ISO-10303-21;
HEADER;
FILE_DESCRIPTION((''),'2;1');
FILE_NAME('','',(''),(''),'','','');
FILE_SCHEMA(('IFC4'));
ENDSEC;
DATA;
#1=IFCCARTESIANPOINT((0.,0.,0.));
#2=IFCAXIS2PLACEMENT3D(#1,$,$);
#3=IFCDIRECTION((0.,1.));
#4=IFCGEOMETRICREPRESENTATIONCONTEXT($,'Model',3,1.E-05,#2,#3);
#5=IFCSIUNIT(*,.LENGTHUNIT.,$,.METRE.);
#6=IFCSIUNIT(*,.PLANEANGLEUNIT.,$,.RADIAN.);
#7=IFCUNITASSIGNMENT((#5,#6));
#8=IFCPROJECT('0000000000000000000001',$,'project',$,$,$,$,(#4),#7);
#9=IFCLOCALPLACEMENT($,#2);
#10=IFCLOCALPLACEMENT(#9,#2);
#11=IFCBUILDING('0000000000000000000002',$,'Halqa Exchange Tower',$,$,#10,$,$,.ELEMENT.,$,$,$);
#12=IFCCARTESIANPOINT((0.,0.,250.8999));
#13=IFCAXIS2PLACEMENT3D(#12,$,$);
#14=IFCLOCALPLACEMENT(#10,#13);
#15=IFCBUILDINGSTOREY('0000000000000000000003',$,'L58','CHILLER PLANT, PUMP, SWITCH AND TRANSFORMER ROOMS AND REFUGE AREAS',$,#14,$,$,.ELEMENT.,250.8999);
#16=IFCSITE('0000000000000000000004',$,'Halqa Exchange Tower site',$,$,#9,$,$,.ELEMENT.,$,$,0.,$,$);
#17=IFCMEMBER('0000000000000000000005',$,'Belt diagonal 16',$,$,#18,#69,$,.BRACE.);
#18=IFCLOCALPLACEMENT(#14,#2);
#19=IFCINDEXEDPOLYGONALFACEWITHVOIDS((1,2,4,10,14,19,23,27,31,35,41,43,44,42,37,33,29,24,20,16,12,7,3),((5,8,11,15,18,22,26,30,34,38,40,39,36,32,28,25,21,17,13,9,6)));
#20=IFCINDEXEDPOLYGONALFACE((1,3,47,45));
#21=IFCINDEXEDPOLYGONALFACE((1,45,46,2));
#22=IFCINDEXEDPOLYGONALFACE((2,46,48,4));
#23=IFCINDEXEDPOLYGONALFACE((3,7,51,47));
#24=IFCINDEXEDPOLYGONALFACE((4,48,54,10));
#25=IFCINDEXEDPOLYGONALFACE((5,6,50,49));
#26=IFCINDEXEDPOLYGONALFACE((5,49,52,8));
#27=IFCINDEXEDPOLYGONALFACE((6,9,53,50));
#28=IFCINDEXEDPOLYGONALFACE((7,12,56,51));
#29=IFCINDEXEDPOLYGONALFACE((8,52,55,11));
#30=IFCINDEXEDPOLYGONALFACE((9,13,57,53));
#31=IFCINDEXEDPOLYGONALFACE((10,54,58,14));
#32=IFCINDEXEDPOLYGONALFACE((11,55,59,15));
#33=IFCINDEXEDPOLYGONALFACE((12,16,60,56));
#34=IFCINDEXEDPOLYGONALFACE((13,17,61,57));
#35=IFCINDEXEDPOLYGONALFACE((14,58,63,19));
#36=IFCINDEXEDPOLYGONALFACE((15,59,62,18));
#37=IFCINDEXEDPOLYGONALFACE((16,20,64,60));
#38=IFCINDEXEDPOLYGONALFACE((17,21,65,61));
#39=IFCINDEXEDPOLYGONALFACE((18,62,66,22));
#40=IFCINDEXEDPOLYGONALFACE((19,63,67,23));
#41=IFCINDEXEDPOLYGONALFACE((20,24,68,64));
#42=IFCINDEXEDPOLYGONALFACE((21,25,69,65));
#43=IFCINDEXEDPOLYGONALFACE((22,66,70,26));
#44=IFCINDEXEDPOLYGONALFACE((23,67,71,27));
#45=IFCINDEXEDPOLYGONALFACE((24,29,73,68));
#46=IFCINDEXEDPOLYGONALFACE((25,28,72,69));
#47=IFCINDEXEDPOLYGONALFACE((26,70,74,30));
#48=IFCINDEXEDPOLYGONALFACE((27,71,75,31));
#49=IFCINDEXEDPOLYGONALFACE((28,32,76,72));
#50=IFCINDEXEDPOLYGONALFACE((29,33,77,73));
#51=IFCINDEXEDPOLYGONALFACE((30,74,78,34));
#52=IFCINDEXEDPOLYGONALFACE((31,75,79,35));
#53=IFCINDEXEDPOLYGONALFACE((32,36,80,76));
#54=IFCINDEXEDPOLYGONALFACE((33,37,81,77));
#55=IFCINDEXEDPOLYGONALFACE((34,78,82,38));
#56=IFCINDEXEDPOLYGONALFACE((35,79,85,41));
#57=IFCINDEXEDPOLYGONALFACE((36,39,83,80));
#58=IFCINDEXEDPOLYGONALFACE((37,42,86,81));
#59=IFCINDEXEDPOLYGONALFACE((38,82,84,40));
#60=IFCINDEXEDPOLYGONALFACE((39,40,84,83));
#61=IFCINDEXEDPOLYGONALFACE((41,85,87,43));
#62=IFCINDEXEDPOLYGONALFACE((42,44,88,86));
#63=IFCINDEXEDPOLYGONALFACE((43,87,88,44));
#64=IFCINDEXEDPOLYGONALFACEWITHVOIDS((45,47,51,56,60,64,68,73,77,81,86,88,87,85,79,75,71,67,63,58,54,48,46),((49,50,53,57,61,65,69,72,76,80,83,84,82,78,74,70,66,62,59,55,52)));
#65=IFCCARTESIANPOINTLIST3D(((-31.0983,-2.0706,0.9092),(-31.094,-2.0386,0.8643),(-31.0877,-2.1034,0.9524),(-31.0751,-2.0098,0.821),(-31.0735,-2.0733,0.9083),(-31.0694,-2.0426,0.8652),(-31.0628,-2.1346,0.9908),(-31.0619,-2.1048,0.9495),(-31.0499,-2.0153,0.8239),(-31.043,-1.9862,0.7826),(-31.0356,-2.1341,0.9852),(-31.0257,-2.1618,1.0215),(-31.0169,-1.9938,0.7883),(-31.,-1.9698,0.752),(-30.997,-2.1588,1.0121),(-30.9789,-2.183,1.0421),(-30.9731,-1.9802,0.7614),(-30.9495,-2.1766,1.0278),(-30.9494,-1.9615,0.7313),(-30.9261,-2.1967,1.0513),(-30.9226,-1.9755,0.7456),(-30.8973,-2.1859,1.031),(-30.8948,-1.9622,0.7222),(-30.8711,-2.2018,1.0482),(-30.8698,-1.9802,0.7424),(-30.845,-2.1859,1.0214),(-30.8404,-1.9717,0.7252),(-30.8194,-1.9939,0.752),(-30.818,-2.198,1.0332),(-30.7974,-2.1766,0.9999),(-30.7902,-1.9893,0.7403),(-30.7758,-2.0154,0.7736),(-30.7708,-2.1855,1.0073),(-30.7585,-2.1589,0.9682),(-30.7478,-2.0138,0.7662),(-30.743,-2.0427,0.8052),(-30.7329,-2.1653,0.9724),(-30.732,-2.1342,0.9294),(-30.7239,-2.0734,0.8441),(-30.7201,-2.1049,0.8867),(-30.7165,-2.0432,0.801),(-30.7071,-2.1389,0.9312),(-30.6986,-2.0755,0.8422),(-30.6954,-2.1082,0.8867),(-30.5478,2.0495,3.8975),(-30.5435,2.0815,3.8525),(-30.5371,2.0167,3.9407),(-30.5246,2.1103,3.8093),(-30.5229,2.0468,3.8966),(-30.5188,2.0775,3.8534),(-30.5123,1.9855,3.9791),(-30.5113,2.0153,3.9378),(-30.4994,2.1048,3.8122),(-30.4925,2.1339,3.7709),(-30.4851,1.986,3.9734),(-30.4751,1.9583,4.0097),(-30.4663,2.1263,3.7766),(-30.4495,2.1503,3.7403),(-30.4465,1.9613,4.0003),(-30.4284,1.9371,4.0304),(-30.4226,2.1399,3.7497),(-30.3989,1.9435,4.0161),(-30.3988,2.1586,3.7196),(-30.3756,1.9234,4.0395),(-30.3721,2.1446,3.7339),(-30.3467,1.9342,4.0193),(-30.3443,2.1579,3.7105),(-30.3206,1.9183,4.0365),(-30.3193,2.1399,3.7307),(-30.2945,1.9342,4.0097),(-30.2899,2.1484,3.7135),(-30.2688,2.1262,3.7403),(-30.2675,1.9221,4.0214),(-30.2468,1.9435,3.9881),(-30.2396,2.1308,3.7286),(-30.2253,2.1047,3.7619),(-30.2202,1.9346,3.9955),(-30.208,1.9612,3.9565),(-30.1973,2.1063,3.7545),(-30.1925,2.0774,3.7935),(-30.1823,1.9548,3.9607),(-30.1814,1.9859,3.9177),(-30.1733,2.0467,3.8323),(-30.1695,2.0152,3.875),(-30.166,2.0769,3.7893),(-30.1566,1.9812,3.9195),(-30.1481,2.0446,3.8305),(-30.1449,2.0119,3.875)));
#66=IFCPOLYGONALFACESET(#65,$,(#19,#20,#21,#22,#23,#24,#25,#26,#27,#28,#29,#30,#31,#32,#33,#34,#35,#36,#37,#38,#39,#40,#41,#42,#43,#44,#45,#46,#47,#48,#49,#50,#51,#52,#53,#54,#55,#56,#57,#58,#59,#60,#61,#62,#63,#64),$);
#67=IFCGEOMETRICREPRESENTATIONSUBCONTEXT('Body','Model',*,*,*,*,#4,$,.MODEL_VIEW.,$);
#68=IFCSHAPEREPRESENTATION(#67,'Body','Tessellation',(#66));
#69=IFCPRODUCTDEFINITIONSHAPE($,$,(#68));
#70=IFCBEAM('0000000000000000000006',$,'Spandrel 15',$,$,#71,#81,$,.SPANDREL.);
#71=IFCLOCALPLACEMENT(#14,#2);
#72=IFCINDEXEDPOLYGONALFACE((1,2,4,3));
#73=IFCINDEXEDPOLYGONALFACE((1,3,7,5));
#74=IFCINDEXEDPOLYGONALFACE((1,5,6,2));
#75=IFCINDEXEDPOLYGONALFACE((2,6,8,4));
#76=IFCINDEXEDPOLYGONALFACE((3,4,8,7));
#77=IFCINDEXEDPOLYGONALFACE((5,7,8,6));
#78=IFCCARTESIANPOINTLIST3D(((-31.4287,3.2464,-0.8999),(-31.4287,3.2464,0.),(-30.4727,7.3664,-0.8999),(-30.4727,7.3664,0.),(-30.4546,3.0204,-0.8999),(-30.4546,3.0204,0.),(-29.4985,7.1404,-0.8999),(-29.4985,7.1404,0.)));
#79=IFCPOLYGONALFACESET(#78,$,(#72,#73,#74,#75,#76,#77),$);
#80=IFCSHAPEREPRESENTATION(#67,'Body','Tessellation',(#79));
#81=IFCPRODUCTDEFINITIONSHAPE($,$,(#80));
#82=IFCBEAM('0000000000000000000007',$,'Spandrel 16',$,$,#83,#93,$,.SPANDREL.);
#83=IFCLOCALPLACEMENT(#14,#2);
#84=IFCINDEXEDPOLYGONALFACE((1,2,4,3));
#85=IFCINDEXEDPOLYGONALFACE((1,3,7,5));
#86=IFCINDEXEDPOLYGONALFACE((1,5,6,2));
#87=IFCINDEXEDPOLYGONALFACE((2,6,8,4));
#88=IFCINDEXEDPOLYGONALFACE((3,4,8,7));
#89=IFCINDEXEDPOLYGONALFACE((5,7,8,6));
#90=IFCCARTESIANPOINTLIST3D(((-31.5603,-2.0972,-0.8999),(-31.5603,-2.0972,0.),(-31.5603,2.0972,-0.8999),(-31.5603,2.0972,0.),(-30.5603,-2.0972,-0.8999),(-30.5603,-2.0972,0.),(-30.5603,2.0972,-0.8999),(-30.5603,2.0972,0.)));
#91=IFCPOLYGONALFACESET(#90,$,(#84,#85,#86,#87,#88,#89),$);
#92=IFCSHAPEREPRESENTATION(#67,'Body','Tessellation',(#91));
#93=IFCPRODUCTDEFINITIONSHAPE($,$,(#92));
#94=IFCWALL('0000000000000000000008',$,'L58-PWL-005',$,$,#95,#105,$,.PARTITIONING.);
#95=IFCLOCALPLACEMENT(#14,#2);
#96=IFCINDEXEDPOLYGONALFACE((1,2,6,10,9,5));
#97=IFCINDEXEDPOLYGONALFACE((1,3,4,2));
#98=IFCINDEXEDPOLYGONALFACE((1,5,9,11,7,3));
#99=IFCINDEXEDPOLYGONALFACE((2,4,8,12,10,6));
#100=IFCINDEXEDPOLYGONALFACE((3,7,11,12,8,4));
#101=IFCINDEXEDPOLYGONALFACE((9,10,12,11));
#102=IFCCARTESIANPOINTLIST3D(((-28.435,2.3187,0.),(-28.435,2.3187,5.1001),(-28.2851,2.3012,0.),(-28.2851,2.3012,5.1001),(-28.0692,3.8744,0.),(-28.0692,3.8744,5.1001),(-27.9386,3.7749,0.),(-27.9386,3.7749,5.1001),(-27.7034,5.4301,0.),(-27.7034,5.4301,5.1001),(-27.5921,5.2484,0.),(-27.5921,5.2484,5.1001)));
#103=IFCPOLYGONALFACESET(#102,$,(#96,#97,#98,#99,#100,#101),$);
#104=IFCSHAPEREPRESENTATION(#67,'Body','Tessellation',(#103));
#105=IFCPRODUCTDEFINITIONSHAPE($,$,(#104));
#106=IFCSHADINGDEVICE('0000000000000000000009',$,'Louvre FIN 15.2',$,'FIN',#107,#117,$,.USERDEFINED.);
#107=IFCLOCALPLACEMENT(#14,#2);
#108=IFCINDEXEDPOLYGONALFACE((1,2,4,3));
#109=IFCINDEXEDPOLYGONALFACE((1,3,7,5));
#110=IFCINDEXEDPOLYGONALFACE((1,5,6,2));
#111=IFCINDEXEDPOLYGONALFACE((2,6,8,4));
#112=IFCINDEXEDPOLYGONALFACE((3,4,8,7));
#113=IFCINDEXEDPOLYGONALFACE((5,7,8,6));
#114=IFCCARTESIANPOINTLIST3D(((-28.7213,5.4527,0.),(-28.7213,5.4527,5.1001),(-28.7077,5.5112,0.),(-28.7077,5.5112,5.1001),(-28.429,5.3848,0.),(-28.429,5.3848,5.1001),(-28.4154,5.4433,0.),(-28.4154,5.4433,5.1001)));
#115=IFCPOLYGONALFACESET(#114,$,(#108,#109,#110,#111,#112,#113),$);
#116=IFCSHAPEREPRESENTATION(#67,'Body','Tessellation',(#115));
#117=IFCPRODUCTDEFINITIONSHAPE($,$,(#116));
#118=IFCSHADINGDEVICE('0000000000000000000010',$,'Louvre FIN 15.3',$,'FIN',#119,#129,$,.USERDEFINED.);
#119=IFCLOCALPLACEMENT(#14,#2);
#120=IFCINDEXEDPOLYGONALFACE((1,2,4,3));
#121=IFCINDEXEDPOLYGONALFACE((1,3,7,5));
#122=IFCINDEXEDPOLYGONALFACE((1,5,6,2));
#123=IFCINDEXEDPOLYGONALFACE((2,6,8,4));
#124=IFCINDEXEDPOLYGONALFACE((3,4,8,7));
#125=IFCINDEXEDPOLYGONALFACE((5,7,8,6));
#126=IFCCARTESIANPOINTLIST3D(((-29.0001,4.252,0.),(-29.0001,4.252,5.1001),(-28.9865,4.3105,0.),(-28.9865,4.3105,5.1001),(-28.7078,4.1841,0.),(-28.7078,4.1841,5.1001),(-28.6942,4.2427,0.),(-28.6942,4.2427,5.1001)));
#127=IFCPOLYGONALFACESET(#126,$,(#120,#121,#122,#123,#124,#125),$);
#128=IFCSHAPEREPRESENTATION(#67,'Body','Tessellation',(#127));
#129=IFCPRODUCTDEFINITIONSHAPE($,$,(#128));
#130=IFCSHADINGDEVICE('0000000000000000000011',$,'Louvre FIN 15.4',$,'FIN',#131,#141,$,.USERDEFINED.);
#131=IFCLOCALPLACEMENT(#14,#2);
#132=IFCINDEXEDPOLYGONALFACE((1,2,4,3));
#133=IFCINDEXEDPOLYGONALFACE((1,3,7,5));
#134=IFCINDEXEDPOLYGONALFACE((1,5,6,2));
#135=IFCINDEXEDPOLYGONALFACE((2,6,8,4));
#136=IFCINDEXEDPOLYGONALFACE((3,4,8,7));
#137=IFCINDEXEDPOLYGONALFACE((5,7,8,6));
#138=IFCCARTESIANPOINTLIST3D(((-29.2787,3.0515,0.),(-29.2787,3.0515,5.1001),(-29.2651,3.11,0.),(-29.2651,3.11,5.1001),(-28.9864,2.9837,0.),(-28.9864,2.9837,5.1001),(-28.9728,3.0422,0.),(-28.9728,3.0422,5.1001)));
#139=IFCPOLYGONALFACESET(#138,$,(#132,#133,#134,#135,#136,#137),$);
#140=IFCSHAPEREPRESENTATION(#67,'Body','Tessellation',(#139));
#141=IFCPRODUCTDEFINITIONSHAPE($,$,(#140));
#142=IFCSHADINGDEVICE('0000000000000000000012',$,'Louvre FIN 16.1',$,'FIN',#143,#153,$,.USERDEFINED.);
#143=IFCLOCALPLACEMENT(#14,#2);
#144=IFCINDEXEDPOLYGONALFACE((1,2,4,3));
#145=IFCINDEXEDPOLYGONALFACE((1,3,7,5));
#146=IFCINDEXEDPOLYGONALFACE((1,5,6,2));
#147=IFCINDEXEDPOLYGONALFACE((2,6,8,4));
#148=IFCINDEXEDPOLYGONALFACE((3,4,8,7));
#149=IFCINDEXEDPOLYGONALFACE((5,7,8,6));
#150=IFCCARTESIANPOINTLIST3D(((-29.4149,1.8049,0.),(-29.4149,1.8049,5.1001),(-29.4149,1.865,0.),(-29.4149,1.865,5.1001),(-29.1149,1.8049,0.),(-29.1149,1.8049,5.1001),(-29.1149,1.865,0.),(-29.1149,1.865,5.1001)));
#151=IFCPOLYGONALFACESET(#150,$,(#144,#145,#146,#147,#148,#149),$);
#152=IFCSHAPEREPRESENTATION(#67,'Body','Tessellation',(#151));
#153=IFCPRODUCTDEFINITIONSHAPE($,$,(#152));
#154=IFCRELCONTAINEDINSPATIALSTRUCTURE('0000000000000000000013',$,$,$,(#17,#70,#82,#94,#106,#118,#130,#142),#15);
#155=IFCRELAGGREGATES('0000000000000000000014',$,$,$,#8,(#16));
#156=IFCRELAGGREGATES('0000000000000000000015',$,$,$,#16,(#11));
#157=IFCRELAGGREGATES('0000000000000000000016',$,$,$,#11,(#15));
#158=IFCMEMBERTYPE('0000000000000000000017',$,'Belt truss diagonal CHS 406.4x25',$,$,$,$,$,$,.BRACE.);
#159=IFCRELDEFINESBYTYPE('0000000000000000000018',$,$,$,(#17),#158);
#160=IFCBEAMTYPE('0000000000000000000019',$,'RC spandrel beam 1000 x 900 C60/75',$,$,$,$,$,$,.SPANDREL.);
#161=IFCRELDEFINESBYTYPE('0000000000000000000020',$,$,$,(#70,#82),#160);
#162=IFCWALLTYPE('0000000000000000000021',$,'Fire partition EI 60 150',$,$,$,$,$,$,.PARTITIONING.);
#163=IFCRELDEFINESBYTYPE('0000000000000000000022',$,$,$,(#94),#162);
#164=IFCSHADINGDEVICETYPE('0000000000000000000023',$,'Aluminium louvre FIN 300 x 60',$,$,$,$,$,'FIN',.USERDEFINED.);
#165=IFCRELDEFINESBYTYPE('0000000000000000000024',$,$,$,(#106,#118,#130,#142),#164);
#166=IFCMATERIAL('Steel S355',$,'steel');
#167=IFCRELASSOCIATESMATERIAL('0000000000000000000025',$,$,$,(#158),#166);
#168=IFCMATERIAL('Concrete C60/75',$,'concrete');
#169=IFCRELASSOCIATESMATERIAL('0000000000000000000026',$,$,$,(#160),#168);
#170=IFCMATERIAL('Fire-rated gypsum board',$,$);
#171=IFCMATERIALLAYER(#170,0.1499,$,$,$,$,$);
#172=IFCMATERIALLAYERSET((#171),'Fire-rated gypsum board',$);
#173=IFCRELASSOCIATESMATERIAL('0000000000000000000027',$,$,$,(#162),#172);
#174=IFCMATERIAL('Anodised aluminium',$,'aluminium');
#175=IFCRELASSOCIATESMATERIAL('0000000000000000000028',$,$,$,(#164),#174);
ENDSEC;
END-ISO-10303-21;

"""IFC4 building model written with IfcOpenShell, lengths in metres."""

from ifc_helpers import new_model, si_unit, direction, frame, origin, origin_2d, place, context, subcontext, project, spatial, polyline, rectangle, hollow_circle, outline, extrude, material, layer, layer_set, material_profile, profile_set, type_object, element, save


model = new_model("IFC4")

# Units and contexts
model_context = context("Model", 3, precision=1e-05, world=origin(), true_north=direction((0.0, 1.0)))
body_context = subcontext(model_context, "Body", "Model", "MODEL_VIEW")
ifc_project = project(units=[si_unit("LENGTHUNIT", "METRE"), si_unit("PLANEANGLEUNIT", "RADIAN")], contexts=[model_context])

# Site, building, storey
site_placement = place(None, origin())
site = spatial("IfcSite", under=ifc_project, at=site_placement, Name="Halqa Exchange Tower site", CompositionType="ELEMENT", RefElevation=0.0)
building_placement = place(site_placement, origin())
building = spatial("IfcBuilding", under=site, at=building_placement, Name="Halqa Exchange Tower", CompositionType="ELEMENT")
storey_placement = place(building_placement, frame((0.0, 0.0, 250.8999)))
storey = spatial("IfcBuildingStorey", under=building, at=storey_placement, Name="L58", Description="CHILLER PLANT, PUMP, SWITCH AND TRANSFORMER ROOMS AND REFUGE AREAS", CompositionType="ELEMENT", Elevation=250.8999)

# Shared definitions
ifc_material_1 = material(Name="Concrete C60/75", Category="concrete")

# Member
ifc_material_2 = material(Name="Steel S355", Category="steel")
ifc_material_profile_1 = material_profile(ifc_material_2, hollow_circle(Radius=0.2031, WallThickness=0.0249, at=origin_2d()), Name="CHS 406.4x25")
ifc_profile_set_1 = profile_set([ifc_material_profile_1], Name="Steel S355")
member_type_1 = type_object("IfcMemberType", Name="Belt truss diagonal CHS 406.4x25", PredefinedType="BRACE", material=ifc_profile_set_1)
member_1_placement = place(storey_placement, frame((-30.3462, 2.0388, 3.875), z_axis=(-0.107539, -0.804804, -0.583717), x_axis=(0.99119, -0.132445, 0.0)))
element("IfcMember", 1, at=member_1_placement, inside=storey, type_object=member_type_1, Name="Belt diagonal 16", PredefinedType="BRACE", context=body_context, shape_type="SweptSolid", body=[
    extrude(hollow_circle(Radius=0.2031, WallThickness=0.0249, at=origin_2d()), origin(), (0.0, 0.0, 1.0), 5.1194),
])

# Beams
ifc_material_profile_2 = material_profile(ifc_material_1, rectangle(XDim=1.0, YDim=0.8999, at=origin_2d()), Name="1000 x 900")
ifc_profile_set_2 = profile_set([ifc_material_profile_2], Name="Concrete C60/75")
beam_type = type_object("IfcBeamType", Name="RC spandrel beam 1000 x 900 C60/75", PredefinedType="SPANDREL", material=ifc_profile_set_2)
beam_1_placement = place(storey_placement, frame((-29.9856, 7.2534, -0.45), z_axis=(-0.22604, -0.974118, 0.0), x_axis=(0.974118, -0.22604, 0.0)))
element("IfcBeam", 2, at=beam_1_placement, inside=storey, type_object=beam_type, Name="Spandrel 15", PredefinedType="SPANDREL", context=body_context, shape_type="SweptSolid", body=[
    extrude(rectangle(XDim=1.0, YDim=0.8999, at=origin_2d()), origin(), (0.0, 0.0, 1.0), 4.2295),
])
beam_2_placement = place(storey_placement, frame((-31.0603, 2.0972, -0.45), z_axis=(0.0, -1.0, 0.0), x_axis=(1.0, 0.0, 0.0)))
element("IfcBeam", 3, at=beam_2_placement, inside=storey, type_object=beam_type, Name="Spandrel 16", PredefinedType="SPANDREL", context=body_context, shape_type="SweptSolid", body=[
    extrude(rectangle(XDim=1.0, YDim=0.8999, at=origin_2d()), origin(), (0.0, 0.0, 1.0), 4.1943),
])

# Wall
ifc_material_3 = material(Name="Fire-rated gypsum board")
ifc_layer_1 = layer(ifc_material_3, 0.1499)
ifc_layer_set_1 = layer_set([ifc_layer_1], Name="Fire-rated gypsum board")
wall_type = type_object("IfcWallType", Name="Fire partition EI 60 150", PredefinedType="PARTITIONING", material=ifc_layer_set_1)
wall_placement = place(storey_placement, frame((-28.3621, 2.3015, 0.0), z_axis=(0.0, 0.0, 1.0), x_axis=(0.228907, 0.973448, 0.0)))
element("IfcWall", 4, at=wall_placement, inside=storey, type_object=wall_type, Name="L58-PWL-005", PredefinedType="PARTITIONING", context=body_context, shape_type="SweptSolid", body=[
    extrude(outline(polyline([(0.0173, -0.075), (1.5312, -0.075), (3.0449, -0.075), (3.1963, 0.075), (1.5981, 0.075), (0.0, 0.075), (0.0173, -0.075)])), origin(), (0.0, 0.0, 1.0), 5.1001),
])

# Shading devices
ifc_material_4 = material(Name="Anodised aluminium", Category="aluminium")
ifc_material_profile_3 = material_profile(ifc_material_4, rectangle(XDim=0.3, YDim=0.0601, at=origin_2d()), Name="AL FIN 300x60")
ifc_profile_set_3 = profile_set([ifc_material_profile_3], Name="Anodised aluminium")
shading_device_type = type_object("IfcShadingDeviceType", Name="Aluminium louvre FIN 300 x 60", ElementType="FIN", PredefinedType="USERDEFINED", material=ifc_profile_set_3)
for number, where, z_axis, x_axis, name in (
    (5, (-28.5684, 5.448, 0.0), (0.0, 0.0, 1.0), (0.974113, -0.226061, 0.0), "Louvre FIN 15.2"),
    (6, (-28.8472, 4.2473, 0.0), (0.0, 0.0, 1.0), (0.974113, -0.226061, 0.0), "Louvre FIN 15.3"),
    (7, (-29.1257, 3.0469, 0.0), (0.0, 0.0, 1.0), (0.974113, -0.226061, 0.0), "Louvre FIN 15.4"),
    (8, (-29.2649, 1.835, 0.0), (0.0, 0.0, 1.0), (1.0, 0.0, 0.0), "Louvre FIN 16.1"),
):
    element("IfcShadingDevice", number, at=place(storey_placement, frame(where, z_axis=z_axis, x_axis=x_axis)), inside=storey, type_object=shading_device_type, Name=name, ObjectType="FIN", PredefinedType="USERDEFINED", context=body_context, shape_type="SweptSolid", body=[
        extrude(rectangle(XDim=0.3, YDim=0.0601, at=origin_2d()), origin(), (0.0, 0.0, 1.0), 5.1001),
    ])

save(model, "model.ifc")
